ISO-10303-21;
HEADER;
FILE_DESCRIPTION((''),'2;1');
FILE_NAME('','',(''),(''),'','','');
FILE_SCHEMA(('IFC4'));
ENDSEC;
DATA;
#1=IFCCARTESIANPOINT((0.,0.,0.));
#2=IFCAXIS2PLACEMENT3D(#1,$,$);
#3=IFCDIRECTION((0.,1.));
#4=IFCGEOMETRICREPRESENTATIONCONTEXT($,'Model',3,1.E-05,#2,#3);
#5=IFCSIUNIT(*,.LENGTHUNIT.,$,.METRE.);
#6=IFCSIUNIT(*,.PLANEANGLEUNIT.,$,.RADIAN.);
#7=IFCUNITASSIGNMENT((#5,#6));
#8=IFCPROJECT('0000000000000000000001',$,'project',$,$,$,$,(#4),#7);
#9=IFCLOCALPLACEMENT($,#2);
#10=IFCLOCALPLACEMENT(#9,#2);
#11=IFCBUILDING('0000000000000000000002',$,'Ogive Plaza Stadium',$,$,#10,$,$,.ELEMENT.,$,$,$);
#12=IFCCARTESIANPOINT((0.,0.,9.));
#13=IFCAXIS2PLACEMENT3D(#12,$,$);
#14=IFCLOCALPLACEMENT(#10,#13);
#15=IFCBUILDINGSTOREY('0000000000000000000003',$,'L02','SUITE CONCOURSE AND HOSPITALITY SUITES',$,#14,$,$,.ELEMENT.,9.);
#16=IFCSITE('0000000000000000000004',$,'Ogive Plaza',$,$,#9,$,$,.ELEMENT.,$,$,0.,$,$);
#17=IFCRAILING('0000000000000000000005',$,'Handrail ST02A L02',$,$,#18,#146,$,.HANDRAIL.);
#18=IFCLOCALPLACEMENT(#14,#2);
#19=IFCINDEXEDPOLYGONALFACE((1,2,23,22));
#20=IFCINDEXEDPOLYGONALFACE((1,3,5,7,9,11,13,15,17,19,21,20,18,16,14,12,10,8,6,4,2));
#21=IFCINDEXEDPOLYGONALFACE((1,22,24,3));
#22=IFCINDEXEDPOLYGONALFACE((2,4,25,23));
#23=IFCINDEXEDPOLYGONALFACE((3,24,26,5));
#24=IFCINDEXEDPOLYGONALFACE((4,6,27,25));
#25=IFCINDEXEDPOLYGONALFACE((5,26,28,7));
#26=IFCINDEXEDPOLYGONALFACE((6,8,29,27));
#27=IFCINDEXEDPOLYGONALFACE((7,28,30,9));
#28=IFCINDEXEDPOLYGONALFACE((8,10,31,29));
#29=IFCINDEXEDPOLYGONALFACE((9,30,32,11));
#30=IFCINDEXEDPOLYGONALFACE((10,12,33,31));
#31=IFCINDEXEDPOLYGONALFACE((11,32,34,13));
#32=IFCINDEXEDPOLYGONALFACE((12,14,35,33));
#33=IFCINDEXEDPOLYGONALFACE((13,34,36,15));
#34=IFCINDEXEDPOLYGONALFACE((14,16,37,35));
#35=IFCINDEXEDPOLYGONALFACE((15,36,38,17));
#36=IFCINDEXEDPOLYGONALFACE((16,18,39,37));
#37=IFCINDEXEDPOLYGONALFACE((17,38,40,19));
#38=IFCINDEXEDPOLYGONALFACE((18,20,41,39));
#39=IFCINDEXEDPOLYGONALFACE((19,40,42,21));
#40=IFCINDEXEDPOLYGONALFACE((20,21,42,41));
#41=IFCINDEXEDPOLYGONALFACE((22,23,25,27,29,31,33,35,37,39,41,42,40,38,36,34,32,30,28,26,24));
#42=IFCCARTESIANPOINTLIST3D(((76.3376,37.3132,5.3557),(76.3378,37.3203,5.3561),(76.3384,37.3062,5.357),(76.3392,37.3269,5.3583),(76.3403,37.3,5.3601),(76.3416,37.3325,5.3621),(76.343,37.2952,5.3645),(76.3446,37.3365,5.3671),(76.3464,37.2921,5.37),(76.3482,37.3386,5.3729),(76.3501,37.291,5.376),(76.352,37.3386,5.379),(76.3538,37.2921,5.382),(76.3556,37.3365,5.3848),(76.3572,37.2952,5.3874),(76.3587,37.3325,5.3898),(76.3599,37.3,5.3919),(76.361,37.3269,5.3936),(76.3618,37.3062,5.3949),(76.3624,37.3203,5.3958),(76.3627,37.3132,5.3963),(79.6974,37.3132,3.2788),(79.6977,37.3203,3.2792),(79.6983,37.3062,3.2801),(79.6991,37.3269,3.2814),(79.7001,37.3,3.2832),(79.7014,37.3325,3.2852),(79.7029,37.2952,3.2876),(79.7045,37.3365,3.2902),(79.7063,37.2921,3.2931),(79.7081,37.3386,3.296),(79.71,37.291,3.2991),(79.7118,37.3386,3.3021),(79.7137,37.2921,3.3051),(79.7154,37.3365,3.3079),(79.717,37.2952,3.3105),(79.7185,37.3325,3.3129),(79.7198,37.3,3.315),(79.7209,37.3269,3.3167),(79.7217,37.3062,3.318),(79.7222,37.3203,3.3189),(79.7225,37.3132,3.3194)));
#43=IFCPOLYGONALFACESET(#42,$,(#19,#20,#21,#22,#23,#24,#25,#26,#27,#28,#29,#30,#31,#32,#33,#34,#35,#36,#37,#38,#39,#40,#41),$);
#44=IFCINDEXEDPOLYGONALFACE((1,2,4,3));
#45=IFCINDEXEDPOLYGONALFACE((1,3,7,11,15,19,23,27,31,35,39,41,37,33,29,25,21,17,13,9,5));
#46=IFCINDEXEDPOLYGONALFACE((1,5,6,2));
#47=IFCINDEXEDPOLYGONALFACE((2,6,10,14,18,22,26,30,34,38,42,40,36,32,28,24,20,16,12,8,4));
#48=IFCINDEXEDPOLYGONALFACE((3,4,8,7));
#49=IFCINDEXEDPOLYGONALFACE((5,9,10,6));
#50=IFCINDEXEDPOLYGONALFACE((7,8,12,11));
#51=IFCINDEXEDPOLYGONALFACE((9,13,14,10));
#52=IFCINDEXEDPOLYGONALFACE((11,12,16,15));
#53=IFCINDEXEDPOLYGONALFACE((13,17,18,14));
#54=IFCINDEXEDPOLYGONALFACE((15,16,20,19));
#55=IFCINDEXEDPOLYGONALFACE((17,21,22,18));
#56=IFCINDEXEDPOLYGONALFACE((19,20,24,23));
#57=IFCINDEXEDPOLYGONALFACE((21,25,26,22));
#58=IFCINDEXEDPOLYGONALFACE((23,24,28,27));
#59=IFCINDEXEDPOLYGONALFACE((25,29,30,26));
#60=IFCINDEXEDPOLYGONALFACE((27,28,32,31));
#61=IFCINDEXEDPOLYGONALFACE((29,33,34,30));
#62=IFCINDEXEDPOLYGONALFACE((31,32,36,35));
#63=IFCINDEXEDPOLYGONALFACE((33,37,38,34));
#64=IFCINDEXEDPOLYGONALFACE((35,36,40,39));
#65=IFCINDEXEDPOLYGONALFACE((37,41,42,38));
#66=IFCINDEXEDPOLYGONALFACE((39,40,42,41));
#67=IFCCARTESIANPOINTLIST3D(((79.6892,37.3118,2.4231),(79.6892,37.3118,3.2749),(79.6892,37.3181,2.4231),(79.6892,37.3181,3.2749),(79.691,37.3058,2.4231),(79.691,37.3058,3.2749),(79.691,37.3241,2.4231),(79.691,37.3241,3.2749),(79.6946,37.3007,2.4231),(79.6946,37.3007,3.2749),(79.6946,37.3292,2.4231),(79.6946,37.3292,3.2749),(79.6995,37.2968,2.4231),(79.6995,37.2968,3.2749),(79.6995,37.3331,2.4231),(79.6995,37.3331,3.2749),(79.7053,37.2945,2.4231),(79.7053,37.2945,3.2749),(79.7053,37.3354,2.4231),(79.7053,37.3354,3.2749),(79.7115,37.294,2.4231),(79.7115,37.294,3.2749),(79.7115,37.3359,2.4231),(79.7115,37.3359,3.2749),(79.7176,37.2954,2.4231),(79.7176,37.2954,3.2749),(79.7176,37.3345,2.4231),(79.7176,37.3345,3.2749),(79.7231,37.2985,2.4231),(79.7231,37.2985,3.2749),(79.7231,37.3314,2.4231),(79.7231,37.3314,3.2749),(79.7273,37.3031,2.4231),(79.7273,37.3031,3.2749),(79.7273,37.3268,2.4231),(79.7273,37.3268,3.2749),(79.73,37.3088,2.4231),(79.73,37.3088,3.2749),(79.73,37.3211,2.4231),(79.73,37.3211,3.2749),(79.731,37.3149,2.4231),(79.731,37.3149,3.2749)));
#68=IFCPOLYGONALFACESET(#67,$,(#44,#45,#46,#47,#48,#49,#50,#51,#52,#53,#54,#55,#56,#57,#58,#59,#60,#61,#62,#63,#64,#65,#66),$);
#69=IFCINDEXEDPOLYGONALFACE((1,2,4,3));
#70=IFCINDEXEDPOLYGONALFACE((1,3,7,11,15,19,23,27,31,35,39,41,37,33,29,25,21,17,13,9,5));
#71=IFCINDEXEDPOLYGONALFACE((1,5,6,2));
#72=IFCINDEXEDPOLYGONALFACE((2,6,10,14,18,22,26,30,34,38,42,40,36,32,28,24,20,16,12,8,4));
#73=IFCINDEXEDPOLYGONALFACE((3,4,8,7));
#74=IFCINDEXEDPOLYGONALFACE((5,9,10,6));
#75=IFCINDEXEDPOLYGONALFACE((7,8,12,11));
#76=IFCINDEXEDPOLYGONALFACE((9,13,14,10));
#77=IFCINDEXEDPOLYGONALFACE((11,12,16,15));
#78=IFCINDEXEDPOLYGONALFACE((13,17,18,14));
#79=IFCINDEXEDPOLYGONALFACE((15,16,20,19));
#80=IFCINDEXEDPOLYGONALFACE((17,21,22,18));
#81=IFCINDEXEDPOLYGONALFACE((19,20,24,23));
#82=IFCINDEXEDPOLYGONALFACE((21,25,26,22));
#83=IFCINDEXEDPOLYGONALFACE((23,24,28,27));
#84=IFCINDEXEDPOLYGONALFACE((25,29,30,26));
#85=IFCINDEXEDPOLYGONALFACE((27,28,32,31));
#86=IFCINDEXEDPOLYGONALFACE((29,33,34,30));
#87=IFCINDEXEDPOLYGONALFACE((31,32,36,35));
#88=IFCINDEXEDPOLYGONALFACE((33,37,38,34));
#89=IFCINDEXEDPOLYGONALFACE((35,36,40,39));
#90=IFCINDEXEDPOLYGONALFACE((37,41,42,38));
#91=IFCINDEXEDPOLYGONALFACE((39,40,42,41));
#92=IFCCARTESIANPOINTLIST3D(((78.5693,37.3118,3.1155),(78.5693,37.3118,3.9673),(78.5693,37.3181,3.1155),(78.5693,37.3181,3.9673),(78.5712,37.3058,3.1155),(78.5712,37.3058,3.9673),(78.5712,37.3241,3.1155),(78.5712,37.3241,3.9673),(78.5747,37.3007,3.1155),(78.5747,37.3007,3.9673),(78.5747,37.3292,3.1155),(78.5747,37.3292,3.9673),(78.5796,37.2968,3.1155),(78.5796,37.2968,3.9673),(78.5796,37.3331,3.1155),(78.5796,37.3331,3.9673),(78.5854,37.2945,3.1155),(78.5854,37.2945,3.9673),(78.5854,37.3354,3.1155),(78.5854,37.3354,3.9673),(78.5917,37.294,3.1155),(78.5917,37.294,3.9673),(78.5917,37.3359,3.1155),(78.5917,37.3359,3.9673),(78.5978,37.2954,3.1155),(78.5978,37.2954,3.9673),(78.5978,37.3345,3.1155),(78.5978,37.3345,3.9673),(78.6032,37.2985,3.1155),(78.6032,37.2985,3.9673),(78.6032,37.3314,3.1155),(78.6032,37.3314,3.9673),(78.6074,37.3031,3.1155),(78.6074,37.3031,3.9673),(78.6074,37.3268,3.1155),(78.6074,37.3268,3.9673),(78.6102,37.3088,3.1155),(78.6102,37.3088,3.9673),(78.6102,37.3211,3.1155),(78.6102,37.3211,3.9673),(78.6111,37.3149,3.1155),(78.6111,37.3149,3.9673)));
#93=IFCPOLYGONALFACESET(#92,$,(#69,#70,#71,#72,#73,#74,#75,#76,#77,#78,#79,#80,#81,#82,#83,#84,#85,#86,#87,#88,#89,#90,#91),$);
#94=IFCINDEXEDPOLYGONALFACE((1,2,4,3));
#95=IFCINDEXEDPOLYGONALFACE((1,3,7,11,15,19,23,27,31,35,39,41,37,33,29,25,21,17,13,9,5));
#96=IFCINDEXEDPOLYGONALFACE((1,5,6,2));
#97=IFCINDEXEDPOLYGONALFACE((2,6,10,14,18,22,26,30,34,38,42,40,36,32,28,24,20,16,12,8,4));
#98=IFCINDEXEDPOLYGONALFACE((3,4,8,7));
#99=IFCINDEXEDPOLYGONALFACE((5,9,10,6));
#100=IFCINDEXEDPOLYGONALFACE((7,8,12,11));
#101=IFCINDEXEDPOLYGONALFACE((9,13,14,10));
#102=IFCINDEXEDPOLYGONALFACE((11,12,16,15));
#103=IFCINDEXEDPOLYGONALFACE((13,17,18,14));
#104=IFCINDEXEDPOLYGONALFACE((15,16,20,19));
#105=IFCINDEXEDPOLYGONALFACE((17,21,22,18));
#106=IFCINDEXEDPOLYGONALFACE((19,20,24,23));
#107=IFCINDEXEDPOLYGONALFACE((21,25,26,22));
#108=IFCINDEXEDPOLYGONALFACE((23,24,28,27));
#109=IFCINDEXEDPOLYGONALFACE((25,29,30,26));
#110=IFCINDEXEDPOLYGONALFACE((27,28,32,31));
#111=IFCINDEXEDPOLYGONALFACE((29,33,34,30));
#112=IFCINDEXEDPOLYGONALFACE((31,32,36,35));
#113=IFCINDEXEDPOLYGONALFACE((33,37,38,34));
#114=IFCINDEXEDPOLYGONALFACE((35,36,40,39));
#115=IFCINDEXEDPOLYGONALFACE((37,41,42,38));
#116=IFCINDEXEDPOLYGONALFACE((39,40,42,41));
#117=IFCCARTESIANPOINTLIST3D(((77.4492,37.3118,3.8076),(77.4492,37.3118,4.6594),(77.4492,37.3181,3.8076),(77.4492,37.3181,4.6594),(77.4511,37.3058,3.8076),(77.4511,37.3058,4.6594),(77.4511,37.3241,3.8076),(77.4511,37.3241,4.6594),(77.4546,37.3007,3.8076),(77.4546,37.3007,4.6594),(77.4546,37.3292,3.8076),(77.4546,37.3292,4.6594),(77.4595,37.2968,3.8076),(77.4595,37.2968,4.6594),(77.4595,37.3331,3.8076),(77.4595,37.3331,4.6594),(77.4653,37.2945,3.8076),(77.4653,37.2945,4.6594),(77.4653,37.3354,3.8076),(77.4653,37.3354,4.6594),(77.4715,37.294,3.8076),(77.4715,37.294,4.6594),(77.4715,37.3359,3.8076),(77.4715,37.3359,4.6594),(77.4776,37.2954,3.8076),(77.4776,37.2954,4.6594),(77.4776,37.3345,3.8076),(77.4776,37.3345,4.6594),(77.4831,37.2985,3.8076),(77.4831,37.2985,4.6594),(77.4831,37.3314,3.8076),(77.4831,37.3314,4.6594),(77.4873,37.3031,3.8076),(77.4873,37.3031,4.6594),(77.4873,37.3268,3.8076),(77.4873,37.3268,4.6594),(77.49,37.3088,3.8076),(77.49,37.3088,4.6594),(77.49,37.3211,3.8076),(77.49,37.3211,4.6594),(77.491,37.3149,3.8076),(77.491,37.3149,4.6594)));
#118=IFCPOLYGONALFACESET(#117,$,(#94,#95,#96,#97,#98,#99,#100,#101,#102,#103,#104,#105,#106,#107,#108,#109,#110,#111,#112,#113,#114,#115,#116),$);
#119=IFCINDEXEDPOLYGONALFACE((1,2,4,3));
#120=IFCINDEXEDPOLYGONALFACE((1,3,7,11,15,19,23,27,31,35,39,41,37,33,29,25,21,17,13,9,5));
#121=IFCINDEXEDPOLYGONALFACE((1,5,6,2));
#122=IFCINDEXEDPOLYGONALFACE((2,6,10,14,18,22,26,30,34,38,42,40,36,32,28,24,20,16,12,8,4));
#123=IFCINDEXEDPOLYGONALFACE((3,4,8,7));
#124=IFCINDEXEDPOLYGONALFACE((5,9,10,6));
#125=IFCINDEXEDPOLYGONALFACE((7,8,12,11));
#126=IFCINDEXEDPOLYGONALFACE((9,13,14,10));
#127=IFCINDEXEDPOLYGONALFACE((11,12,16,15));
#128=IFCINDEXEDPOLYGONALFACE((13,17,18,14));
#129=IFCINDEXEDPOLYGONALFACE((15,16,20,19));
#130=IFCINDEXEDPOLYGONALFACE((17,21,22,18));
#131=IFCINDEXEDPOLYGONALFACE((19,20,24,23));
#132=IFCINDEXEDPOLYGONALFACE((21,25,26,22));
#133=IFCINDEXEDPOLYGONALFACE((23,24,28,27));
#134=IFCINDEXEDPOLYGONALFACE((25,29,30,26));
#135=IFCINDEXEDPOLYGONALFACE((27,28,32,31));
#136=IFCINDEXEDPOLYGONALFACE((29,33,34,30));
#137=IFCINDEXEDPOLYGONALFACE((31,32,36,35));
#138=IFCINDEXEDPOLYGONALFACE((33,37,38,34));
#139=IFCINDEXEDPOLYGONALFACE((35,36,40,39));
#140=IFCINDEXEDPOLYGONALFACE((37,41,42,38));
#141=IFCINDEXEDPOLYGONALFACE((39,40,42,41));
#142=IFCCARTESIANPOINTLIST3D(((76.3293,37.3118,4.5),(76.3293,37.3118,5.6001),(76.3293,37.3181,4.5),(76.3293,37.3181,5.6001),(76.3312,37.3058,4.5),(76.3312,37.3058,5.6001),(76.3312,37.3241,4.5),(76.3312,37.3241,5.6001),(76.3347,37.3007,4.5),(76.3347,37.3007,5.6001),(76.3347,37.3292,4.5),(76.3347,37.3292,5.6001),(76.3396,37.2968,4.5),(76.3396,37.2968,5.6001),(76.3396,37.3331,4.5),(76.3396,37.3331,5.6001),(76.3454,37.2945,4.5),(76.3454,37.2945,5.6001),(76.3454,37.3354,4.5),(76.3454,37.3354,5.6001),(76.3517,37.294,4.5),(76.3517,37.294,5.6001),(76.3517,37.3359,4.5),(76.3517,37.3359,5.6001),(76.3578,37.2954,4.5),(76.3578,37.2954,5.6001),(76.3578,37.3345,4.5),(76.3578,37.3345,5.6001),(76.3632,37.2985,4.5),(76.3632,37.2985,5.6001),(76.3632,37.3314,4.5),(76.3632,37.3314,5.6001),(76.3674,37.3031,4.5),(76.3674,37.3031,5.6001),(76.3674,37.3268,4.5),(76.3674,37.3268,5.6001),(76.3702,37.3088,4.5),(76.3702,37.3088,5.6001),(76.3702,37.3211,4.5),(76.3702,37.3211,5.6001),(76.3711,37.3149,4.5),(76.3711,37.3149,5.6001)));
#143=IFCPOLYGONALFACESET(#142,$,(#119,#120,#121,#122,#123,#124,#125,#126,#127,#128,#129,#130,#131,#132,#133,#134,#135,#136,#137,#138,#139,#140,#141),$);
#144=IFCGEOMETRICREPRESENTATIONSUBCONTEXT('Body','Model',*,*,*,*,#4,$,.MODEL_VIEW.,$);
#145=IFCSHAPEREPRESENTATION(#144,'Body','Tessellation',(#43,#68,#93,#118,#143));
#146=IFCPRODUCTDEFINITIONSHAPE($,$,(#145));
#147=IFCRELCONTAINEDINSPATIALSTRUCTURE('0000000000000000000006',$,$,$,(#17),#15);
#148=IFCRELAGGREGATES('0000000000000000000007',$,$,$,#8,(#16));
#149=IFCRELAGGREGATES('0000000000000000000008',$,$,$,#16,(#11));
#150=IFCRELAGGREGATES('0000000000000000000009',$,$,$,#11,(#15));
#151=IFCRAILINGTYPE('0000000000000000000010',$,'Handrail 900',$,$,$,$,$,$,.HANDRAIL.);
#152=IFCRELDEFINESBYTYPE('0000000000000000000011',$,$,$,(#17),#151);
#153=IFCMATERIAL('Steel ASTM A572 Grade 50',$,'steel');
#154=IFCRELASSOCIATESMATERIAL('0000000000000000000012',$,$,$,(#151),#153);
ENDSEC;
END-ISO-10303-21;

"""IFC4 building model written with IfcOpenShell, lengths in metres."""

from ifc_helpers import new_model, si_unit, direction, frame, origin, origin_2d, place, context, subcontext, project, spatial, circle, extrude, material, type_object, element, save


model = new_model("IFC4")

# Units and contexts
model_context = context("Model", 3, precision=1e-05, world=origin(), true_north=direction((0.0, 1.0)))
body_context = subcontext(model_context, "Body", "Model", "MODEL_VIEW")
ifc_project = project(units=[si_unit("LENGTHUNIT", "METRE"), si_unit("PLANEANGLEUNIT", "RADIAN")], contexts=[model_context])

# Site, building, storey
site_placement = place(None, origin())
site = spatial("IfcSite", under=ifc_project, at=site_placement, Name="Ogive Plaza", CompositionType="ELEMENT", RefElevation=0.0)
building_placement = place(site_placement, origin())
building = spatial("IfcBuilding", under=site, at=building_placement, Name="Ogive Plaza Stadium", CompositionType="ELEMENT")
storey_placement = place(building_placement, frame((0.0, 0.0, 9.0)))
storey = spatial("IfcBuildingStorey", under=building, at=storey_placement, Name="L02", Description="SUITE CONCOURSE AND HOSPITALITY SUITES", CompositionType="ELEMENT", Elevation=9.0)

# Railing
ifc_material_1 = material(Name="Steel ASTM A572 Grade 50", Category="steel")
railing_type_1 = type_object("IfcRailingType", Name="Handrail 900", PredefinedType="HANDRAIL", material=ifc_material_1)
for number, where, name in (
    (1, (79.71, 37.3149, 2.4231), "Handrail ST02A L02"),
):
    element("IfcRailing", number, at=place(storey_placement, frame(where)), inside=storey, type_object=railing_type_1, Name=name, PredefinedType="HANDRAIL", context=body_context, shape_type="SweptSolid", body=[
        extrude(circle(Radius=0.0239, at=origin_2d()), frame((0.0, 0.0, 0.876), z_axis=(-0.850606, 0.0, 0.525803), x_axis=(0.0, -1.0, 0.0)), (0.0, 0.0, 1.0), 3.95),
        extrude(circle(Radius=0.021, at=origin_2d()), origin(), (0.0, 0.0, 1.0), 0.8518),
        extrude(circle(Radius=0.021, at=origin_2d()), frame((-1.1199, 0.0, 0.6924)), (0.0, 0.0, 1.0), 0.8518),
        extrude(circle(Radius=0.021, at=origin_2d()), frame((-2.24, 0.0, 1.3845)), (0.0, 0.0, 1.0), 0.8518),
        extrude(circle(Radius=0.021, at=origin_2d()), frame((-3.3599, 0.0, 2.0769)), (0.0, 0.0, 1.0), 1.1001),
    ])

save(model, "model.ifc")
